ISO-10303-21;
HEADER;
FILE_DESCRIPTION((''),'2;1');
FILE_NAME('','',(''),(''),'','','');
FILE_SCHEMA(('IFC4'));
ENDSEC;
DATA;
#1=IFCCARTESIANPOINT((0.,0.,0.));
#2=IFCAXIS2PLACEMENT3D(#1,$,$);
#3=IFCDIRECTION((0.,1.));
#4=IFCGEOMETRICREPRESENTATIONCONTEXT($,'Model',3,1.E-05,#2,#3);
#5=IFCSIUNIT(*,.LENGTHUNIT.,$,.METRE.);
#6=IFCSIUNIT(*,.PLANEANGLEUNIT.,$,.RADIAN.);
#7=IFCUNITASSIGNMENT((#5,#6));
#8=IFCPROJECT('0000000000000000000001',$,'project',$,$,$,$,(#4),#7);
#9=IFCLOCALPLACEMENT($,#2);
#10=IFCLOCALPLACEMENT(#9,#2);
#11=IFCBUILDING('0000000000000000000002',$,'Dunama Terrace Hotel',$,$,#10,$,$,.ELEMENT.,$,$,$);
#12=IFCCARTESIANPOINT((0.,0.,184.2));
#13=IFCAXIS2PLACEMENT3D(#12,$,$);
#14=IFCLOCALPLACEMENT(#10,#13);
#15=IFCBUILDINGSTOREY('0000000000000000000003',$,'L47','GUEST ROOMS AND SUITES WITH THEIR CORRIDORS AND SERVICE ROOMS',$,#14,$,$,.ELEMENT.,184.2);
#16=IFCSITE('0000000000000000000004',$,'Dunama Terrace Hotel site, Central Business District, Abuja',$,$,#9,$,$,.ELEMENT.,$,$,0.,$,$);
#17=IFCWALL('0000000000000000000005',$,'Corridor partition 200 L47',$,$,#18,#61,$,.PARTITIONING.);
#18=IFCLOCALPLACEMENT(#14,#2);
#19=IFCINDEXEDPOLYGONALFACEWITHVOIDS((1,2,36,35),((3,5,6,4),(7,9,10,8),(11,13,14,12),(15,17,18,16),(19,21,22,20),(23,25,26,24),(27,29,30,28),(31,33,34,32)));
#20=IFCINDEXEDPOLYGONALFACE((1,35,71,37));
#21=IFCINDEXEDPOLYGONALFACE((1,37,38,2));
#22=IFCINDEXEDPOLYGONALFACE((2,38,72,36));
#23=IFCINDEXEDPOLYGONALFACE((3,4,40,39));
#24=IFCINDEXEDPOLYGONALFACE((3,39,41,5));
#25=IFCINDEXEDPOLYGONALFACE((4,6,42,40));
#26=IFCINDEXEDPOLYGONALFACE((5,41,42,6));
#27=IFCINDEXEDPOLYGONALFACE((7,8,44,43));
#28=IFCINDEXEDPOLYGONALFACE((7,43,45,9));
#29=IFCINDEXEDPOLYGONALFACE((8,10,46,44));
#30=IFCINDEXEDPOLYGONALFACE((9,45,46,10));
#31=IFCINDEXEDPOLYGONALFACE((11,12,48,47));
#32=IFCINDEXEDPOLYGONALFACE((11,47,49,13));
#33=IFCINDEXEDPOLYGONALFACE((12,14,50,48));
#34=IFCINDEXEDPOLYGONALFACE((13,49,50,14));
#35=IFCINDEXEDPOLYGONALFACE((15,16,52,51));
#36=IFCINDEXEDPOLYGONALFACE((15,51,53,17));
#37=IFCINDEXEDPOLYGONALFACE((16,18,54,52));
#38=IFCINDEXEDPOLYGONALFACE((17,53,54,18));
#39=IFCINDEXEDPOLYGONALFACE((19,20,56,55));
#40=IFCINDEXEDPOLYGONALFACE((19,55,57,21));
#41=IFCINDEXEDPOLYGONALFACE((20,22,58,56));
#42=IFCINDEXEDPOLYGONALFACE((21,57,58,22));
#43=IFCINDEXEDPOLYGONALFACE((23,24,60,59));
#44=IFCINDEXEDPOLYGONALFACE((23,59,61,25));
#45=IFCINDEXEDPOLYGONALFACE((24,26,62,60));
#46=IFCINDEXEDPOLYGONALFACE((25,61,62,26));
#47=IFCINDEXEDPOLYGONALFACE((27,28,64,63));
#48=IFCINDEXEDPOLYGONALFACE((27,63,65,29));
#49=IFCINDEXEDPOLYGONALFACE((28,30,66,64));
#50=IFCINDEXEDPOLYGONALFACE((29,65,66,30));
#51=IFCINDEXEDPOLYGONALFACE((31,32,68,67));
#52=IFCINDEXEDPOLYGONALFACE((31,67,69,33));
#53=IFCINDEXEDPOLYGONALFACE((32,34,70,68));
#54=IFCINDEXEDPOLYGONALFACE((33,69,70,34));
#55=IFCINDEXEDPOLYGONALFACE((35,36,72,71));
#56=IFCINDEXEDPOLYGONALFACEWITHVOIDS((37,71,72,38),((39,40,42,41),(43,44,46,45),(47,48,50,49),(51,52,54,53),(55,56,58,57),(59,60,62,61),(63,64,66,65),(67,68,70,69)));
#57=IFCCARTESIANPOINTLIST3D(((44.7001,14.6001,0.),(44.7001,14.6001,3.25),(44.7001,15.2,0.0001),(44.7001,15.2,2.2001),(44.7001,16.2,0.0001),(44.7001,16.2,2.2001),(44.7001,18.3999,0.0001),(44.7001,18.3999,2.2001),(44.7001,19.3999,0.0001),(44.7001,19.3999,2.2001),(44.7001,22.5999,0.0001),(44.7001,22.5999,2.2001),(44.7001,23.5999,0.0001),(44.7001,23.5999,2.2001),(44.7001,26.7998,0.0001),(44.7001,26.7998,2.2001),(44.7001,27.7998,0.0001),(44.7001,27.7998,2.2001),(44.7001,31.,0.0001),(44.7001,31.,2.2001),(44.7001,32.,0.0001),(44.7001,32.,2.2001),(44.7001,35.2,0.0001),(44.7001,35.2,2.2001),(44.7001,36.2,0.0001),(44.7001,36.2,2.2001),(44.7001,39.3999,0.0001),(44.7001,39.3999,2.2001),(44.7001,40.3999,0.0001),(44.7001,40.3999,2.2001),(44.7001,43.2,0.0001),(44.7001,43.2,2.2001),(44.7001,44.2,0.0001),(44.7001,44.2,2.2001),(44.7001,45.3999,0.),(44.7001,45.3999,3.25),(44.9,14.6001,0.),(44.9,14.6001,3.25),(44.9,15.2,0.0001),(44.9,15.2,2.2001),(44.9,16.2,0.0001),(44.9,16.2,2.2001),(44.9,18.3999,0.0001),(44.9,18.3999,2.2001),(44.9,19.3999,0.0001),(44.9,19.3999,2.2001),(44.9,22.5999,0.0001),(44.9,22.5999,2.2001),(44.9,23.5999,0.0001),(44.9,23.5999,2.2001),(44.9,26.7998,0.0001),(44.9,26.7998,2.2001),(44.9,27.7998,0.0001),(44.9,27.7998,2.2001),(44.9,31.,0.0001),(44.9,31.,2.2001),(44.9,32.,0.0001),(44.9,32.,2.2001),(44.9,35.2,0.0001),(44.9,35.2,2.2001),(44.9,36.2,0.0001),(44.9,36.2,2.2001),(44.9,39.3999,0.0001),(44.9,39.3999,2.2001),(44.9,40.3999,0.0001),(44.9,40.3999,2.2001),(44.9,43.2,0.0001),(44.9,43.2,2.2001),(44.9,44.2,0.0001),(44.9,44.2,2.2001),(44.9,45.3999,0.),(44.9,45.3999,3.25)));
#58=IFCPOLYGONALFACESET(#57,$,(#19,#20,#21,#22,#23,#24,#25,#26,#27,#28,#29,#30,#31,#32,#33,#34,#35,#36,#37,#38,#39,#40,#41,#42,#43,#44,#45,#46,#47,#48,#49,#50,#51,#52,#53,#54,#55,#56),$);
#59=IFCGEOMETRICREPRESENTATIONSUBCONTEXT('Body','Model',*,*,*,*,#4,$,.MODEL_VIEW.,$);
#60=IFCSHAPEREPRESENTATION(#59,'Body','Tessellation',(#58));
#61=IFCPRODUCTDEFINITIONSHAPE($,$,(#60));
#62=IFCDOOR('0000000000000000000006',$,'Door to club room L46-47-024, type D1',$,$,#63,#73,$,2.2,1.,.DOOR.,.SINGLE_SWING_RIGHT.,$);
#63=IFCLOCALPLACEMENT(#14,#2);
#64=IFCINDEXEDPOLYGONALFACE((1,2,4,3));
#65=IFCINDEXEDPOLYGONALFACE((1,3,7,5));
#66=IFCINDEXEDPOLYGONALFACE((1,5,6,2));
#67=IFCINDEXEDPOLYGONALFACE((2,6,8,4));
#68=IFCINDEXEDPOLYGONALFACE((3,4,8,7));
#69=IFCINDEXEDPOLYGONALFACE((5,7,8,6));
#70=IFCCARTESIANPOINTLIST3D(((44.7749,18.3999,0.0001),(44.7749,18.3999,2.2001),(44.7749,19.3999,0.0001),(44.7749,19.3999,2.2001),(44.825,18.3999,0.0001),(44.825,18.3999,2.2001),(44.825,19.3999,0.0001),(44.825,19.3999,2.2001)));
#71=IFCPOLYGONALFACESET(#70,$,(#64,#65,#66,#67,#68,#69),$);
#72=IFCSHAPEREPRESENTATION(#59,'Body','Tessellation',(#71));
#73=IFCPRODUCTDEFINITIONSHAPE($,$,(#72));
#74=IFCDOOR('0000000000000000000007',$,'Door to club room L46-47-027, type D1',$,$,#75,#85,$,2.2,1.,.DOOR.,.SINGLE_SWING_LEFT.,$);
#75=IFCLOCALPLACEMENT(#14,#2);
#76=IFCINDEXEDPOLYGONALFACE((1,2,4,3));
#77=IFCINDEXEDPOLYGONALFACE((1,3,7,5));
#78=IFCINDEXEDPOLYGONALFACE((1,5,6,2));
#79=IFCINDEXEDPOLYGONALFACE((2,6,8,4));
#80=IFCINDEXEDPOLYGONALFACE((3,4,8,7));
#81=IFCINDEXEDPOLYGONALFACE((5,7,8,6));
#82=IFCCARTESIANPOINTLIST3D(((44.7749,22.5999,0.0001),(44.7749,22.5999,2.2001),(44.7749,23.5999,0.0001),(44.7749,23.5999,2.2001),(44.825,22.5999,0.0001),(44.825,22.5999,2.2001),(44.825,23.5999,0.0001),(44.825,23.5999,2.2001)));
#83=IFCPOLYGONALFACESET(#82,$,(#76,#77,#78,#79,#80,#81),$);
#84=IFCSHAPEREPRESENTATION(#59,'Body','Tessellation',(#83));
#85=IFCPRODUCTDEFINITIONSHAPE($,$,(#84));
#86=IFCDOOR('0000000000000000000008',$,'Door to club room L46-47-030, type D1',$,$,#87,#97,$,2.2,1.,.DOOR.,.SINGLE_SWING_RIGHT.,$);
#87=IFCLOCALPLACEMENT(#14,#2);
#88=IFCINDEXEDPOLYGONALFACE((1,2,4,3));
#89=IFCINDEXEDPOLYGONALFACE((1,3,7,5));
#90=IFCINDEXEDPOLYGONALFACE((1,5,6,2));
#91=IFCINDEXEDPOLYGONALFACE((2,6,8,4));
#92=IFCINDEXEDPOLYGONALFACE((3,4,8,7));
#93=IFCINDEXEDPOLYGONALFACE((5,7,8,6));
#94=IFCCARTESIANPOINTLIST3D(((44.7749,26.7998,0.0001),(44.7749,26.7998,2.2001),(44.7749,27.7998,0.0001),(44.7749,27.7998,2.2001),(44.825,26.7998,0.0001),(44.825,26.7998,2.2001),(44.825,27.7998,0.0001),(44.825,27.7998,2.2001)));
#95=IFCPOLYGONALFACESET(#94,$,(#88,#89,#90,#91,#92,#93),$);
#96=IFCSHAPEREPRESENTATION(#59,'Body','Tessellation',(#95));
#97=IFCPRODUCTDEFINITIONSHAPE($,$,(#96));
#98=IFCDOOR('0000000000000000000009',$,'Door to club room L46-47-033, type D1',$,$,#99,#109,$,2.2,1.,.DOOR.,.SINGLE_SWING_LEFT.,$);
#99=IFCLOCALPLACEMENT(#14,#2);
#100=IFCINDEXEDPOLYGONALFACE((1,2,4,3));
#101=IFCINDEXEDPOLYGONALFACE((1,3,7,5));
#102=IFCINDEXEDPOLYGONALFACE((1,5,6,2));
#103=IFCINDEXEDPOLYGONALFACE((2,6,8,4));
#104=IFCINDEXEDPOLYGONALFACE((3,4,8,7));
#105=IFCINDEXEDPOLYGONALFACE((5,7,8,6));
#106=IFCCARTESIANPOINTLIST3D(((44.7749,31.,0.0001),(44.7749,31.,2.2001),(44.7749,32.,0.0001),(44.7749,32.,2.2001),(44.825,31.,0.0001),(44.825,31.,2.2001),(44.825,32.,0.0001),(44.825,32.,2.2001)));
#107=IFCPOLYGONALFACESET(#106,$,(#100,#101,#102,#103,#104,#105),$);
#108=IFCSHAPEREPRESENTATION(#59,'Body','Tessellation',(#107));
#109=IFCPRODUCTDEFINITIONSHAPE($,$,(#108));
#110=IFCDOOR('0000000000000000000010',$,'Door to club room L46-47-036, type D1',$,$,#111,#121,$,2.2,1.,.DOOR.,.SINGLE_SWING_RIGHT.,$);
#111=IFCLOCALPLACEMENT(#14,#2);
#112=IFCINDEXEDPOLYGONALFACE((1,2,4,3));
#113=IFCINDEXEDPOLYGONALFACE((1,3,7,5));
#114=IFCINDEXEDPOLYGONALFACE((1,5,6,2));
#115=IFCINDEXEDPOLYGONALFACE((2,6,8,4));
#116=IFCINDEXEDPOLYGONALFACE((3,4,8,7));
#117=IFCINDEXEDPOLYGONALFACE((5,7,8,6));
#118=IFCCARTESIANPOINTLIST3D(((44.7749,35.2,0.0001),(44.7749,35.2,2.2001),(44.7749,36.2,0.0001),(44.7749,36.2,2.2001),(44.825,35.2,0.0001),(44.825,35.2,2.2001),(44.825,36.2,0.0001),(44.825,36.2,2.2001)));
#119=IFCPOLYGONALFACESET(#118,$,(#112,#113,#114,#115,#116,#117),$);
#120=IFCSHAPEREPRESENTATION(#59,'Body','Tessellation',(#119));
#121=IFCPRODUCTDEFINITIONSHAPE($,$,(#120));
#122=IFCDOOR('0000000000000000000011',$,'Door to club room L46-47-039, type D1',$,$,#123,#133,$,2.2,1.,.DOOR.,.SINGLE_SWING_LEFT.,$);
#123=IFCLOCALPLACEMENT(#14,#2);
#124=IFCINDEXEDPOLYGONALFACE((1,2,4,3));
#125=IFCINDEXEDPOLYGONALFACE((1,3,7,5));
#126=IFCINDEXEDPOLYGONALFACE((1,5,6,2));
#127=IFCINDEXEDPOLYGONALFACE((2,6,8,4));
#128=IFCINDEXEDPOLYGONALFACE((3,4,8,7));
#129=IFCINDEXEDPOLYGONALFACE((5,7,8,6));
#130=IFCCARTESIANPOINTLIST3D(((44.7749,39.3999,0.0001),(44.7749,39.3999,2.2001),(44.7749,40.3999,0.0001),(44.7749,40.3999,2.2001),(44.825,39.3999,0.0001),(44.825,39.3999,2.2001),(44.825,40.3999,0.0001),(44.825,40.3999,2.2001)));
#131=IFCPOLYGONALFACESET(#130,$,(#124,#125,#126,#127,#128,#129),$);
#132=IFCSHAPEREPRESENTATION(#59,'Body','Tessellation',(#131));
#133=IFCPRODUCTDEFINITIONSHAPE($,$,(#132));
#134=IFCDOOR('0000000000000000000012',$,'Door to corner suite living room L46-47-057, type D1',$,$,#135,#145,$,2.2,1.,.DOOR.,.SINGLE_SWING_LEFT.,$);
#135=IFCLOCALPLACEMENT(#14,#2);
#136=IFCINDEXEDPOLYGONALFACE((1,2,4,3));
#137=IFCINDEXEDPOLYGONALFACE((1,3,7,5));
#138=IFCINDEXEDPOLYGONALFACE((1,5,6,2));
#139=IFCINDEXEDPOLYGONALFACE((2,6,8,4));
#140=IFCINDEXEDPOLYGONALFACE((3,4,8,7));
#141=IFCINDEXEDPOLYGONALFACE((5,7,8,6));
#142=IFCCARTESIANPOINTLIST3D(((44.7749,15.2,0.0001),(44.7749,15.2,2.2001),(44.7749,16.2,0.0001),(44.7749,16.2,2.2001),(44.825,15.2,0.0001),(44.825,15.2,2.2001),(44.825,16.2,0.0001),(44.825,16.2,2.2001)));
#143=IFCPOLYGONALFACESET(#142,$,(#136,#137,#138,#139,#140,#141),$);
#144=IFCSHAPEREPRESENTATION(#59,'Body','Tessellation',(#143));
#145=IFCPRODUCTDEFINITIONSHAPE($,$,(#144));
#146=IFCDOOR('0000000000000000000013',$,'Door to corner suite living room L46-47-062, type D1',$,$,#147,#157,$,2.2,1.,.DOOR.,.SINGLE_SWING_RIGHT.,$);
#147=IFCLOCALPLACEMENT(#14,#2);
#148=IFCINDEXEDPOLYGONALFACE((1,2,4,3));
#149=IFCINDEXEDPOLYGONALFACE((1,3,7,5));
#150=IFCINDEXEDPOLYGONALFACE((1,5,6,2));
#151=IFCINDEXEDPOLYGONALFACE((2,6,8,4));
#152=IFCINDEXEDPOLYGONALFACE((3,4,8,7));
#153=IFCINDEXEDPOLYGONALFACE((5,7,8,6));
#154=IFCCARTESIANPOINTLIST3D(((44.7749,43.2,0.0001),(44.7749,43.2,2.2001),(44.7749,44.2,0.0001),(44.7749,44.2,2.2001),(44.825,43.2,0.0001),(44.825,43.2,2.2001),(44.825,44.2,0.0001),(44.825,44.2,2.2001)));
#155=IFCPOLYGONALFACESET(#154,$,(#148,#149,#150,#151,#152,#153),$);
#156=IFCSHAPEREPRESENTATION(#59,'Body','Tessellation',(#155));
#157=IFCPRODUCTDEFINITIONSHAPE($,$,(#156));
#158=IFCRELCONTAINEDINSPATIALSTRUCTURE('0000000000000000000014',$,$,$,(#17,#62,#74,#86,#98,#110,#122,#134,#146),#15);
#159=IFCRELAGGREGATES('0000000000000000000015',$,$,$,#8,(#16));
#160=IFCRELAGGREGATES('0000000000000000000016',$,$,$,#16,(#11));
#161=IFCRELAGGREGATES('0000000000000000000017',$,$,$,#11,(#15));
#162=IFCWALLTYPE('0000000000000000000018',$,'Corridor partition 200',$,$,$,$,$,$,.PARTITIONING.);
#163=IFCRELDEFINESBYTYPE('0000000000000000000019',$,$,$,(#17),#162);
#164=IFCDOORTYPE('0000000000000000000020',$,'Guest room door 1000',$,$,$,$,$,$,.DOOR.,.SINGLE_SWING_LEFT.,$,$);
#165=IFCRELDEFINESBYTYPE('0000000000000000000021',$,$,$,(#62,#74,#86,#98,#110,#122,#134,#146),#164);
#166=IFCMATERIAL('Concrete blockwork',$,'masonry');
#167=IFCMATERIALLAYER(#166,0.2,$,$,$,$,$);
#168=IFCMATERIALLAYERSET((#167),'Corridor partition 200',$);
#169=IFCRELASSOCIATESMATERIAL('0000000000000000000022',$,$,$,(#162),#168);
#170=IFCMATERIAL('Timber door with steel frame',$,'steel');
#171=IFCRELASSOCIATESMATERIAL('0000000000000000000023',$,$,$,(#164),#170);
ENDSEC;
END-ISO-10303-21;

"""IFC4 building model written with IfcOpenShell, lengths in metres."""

from ifc_helpers import new_model, si_unit, direction, frame, frame_2d, origin, place, context, subcontext, project, spatial, rectangle, extrude, material, layer, layer_set, type_object, element, fill, save


model = new_model("IFC4")

# Units and contexts
model_context = context("Model", 3, precision=1e-05, world=origin(), true_north=direction((0.0, 1.0)))
body_context = subcontext(model_context, "Body", "Model", "MODEL_VIEW")
ifc_project = project(units=[si_unit("LENGTHUNIT", "METRE"), si_unit("PLANEANGLEUNIT", "RADIAN")], contexts=[model_context])

# Site, building, storey
site_placement = place(None, origin())
site = spatial("IfcSite", under=ifc_project, at=site_placement, Name="Dunama Terrace Hotel site, Central Business District, Abuja", CompositionType="ELEMENT", RefElevation=0.0)
building_placement = place(site_placement, origin())
building = spatial("IfcBuilding", under=site, at=building_placement, Name="Dunama Terrace Hotel", CompositionType="ELEMENT")
storey_placement = place(building_placement, frame((0.0, 0.0, 184.2)))
storey = spatial("IfcBuildingStorey", under=building, at=storey_placement, Name="L47", Description="GUEST ROOMS AND SUITES WITH THEIR CORRIDORS AND SERVICE ROOMS", CompositionType="ELEMENT", Elevation=184.2)

# Shared definitions
ifc_material_1 = material(Name="Concrete blockwork", Category="masonry")
ifc_layer_1 = layer(ifc_material_1, 0.2)
ifc_layer_set_1 = layer_set([ifc_layer_1], Name="Corridor partition 200")
wall_type_1 = type_object("IfcWallType", Name="Corridor partition 200", PredefinedType="PARTITIONING", material=ifc_layer_set_1)

# Wall, openings, doors
wall_1_placement = place(storey_placement, frame((44.8, 45.3999, 0.0), z_axis=(0.0, 0.0, 1.0), x_axis=(0.0, -1.0, 0.0)))
wall_1 = element("IfcWall", 1, at=wall_1_placement, inside=storey, type_object=wall_type_1, Name="Corridor partition 200 L47", PredefinedType="PARTITIONING", context=body_context, shape_type="SweptSolid", body=[
    extrude(rectangle(XDim=30.7998, YDim=0.2, at=frame_2d((15.3999, 0.0))), origin(), (0.0, 0.0, 1.0), 3.25),
])
opening_1_placement = place(wall_1_placement, frame((26.0, 0.0, 0.0)))
opening_1 = element("IfcOpeningElement", 2, at=opening_1_placement, cuts=wall_1, PredefinedType="OPENING", context=body_context, shape_type="SweptSolid", body=[
    extrude(rectangle(XDim=1.0, YDim=2.2, at=frame_2d((0.5, 1.1001))), frame((0.0, 0.1099, 0.0), z_axis=(0.0, -1.0, 0.0), x_axis=(1.0, 0.0, 0.0)), (0.0, 0.0, 1.0), 0.22),
])
opening_2_placement = place(wall_1_placement, frame((21.8, 0.0, 0.0)))
opening_2 = element("IfcOpeningElement", 3, at=opening_2_placement, cuts=wall_1, PredefinedType="OPENING", context=body_context, shape_type="SweptSolid", body=[
    extrude(rectangle(XDim=1.0, YDim=2.2, at=frame_2d((0.5, 1.1001))), frame((0.0, 0.1099, 0.0), z_axis=(0.0, -1.0, 0.0), x_axis=(1.0, 0.0, 0.0)), (0.0, 0.0, 1.0), 0.22),
])
opening_3_placement = place(wall_1_placement, frame((17.6001, 0.0, 0.0)))
opening_3 = element("IfcOpeningElement", 4, at=opening_3_placement, cuts=wall_1, PredefinedType="OPENING", context=body_context, shape_type="SweptSolid", body=[
    extrude(rectangle(XDim=1.0, YDim=2.2, at=frame_2d((0.5, 1.1001))), frame((0.0, 0.1099, 0.0), z_axis=(0.0, -1.0, 0.0), x_axis=(1.0, 0.0, 0.0)), (0.0, 0.0, 1.0), 0.22),
])
opening_4_placement = place(wall_1_placement, frame((13.3999, 0.0, 0.0)))
opening_4 = element("IfcOpeningElement", 5, at=opening_4_placement, cuts=wall_1, PredefinedType="OPENING", context=body_context, shape_type="SweptSolid", body=[
    extrude(rectangle(XDim=1.0, YDim=2.2, at=frame_2d((0.5, 1.1001))), frame((0.0, 0.1099, 0.0), z_axis=(0.0, -1.0, 0.0), x_axis=(1.0, 0.0, 0.0)), (0.0, 0.0, 1.0), 0.22),
])
opening_5_placement = place(wall_1_placement, frame((9.2, 0.0, 0.0)))
opening_5 = element("IfcOpeningElement", 6, at=opening_5_placement, cuts=wall_1, PredefinedType="OPENING", context=body_context, shape_type="SweptSolid", body=[
    extrude(rectangle(XDim=1.0, YDim=2.2, at=frame_2d((0.5, 1.1001))), frame((0.0, 0.1099, 0.0), z_axis=(0.0, -1.0, 0.0), x_axis=(1.0, 0.0, 0.0)), (0.0, 0.0, 1.0), 0.22),
])
opening_6_placement = place(wall_1_placement, frame((5.0, 0.0, 0.0)))
opening_6 = element("IfcOpeningElement", 7, at=opening_6_placement, cuts=wall_1, PredefinedType="OPENING", context=body_context, shape_type="SweptSolid", body=[
    extrude(rectangle(XDim=1.0, YDim=2.2, at=frame_2d((0.5, 1.1001))), frame((0.0, 0.1099, 0.0), z_axis=(0.0, -1.0, 0.0), x_axis=(1.0, 0.0, 0.0)), (0.0, 0.0, 1.0), 0.22),
])
opening_7_placement = place(wall_1_placement, frame((29.2, 0.0, 0.0)))
opening_7 = element("IfcOpeningElement", 8, at=opening_7_placement, cuts=wall_1, PredefinedType="OPENING", context=body_context, shape_type="SweptSolid", body=[
    extrude(rectangle(XDim=1.0, YDim=2.2, at=frame_2d((0.5, 1.1001))), frame((0.0, 0.1099, 0.0), z_axis=(0.0, -1.0, 0.0), x_axis=(1.0, 0.0, 0.0)), (0.0, 0.0, 1.0), 0.22),
])
opening_8_placement = place(wall_1_placement, frame((1.2, 0.0, 0.0)))
opening_8 = element("IfcOpeningElement", 9, at=opening_8_placement, cuts=wall_1, PredefinedType="OPENING", context=body_context, shape_type="SweptSolid", body=[
    extrude(rectangle(XDim=1.0, YDim=2.2, at=frame_2d((0.5, 1.1001))), frame((0.0, 0.1099, 0.0), z_axis=(0.0, -1.0, 0.0), x_axis=(1.0, 0.0, 0.0)), (0.0, 0.0, 1.0), 0.22),
])
ifc_material_2 = material(Name="Timber door with steel frame", Category="steel")
door_type_1 = type_object("IfcDoorType", Name="Guest room door 1000", OperationType="SINGLE_SWING_LEFT", PredefinedType="DOOR", material=ifc_material_2)
door_1_placement = place(opening_1_placement, origin())
door_1 = element("IfcDoor", 10, at=door_1_placement, inside=storey, type_object=door_type_1, Name="Door to club room L46-47-024, type D1", OperationType="SINGLE_SWING_RIGHT", OverallHeight=2.2, OverallWidth=1.0, PredefinedType="DOOR", context=body_context, shape_type="SweptSolid", body=[
    extrude(rectangle(XDim=1.0, YDim=2.2, at=frame_2d((0.5, 1.1001))), frame((0.0, 0.0249, 0.0), z_axis=(0.0, -1.0, 0.0), x_axis=(1.0, 0.0, 0.0)), (0.0, 0.0, 1.0), 0.05),
])
fill(opening_1, door_1)
door_2_placement = place(opening_2_placement, origin())
door_2 = element("IfcDoor", 11, at=door_2_placement, inside=storey, type_object=door_type_1, Name="Door to club room L46-47-027, type D1", OperationType="SINGLE_SWING_LEFT", OverallHeight=2.2, OverallWidth=1.0, PredefinedType="DOOR", context=body_context, shape_type="SweptSolid", body=[
    extrude(rectangle(XDim=1.0, YDim=2.2, at=frame_2d((0.5, 1.1001))), frame((0.0, 0.0249, 0.0), z_axis=(0.0, -1.0, 0.0), x_axis=(1.0, 0.0, 0.0)), (0.0, 0.0, 1.0), 0.05),
])
fill(opening_2, door_2)
door_3_placement = place(opening_3_placement, origin())
door_3 = element("IfcDoor", 12, at=door_3_placement, inside=storey, type_object=door_type_1, Name="Door to club room L46-47-030, type D1", OperationType="SINGLE_SWING_RIGHT", OverallHeight=2.2, OverallWidth=1.0, PredefinedType="DOOR", context=body_context, shape_type="SweptSolid", body=[
    extrude(rectangle(XDim=1.0, YDim=2.2, at=frame_2d((0.5, 1.1001))), frame((0.0, 0.0249, 0.0), z_axis=(0.0, -1.0, 0.0), x_axis=(1.0, 0.0, 0.0)), (0.0, 0.0, 1.0), 0.05),
])
fill(opening_3, door_3)
door_4_placement = place(opening_4_placement, origin())
door_4 = element("IfcDoor", 13, at=door_4_placement, inside=storey, type_object=door_type_1, Name="Door to club room L46-47-033, type D1", OperationType="SINGLE_SWING_LEFT", OverallHeight=2.2, OverallWidth=1.0, PredefinedType="DOOR", context=body_context, shape_type="SweptSolid", body=[
    extrude(rectangle(XDim=1.0, YDim=2.2, at=frame_2d((0.5, 1.1001))), frame((0.0, 0.0249, 0.0), z_axis=(0.0, -1.0, 0.0), x_axis=(1.0, 0.0, 0.0)), (0.0, 0.0, 1.0), 0.05),
])
fill(opening_4, door_4)
door_5_placement = place(opening_5_placement, origin())
door_5 = element("IfcDoor", 14, at=door_5_placement, inside=storey, type_object=door_type_1, Name="Door to club room L46-47-036, type D1", OperationType="SINGLE_SWING_RIGHT", OverallHeight=2.2, OverallWidth=1.0, PredefinedType="DOOR", context=body_context, shape_type="SweptSolid", body=[
    extrude(rectangle(XDim=1.0, YDim=2.2, at=frame_2d((0.5, 1.1001))), frame((0.0, 0.0249, 0.0), z_axis=(0.0, -1.0, 0.0), x_axis=(1.0, 0.0, 0.0)), (0.0, 0.0, 1.0), 0.05),
])
fill(opening_5, door_5)
door_6_placement = place(opening_6_placement, origin())
door_6 = element("IfcDoor", 15, at=door_6_placement, inside=storey, type_object=door_type_1, Name="Door to club room L46-47-039, type D1", OperationType="SINGLE_SWING_LEFT", OverallHeight=2.2, OverallWidth=1.0, PredefinedType="DOOR", context=body_context, shape_type="SweptSolid", body=[
    extrude(rectangle(XDim=1.0, YDim=2.2, at=frame_2d((0.5, 1.1001))), frame((0.0, 0.0249, 0.0), z_axis=(0.0, -1.0, 0.0), x_axis=(1.0, 0.0, 0.0)), (0.0, 0.0, 1.0), 0.05),
])
fill(opening_6, door_6)
door_7_placement = place(opening_7_placement, origin())
door_7 = element("IfcDoor", 16, at=door_7_placement, inside=storey, type_object=door_type_1, Name="Door to corner suite living room L46-47-057, type D1", OperationType="SINGLE_SWING_LEFT", OverallHeight=2.2, OverallWidth=1.0, PredefinedType="DOOR", context=body_context, shape_type="SweptSolid", body=[
    extrude(rectangle(XDim=1.0, YDim=2.2, at=frame_2d((0.5, 1.1001))), frame((0.0, 0.0249, 0.0), z_axis=(0.0, -1.0, 0.0), x_axis=(1.0, 0.0, 0.0)), (0.0, 0.0, 1.0), 0.05),
])
fill(opening_7, door_7)
door_8_placement = place(opening_8_placement, origin())
door_8 = element("IfcDoor", 17, at=door_8_placement, inside=storey, type_object=door_type_1, Name="Door to corner suite living room L46-47-062, type D1", OperationType="SINGLE_SWING_RIGHT", OverallHeight=2.2, OverallWidth=1.0, PredefinedType="DOOR", context=body_context, shape_type="SweptSolid", body=[
    extrude(rectangle(XDim=1.0, YDim=2.2, at=frame_2d((0.5, 1.1001))), frame((0.0, 0.0249, 0.0), z_axis=(0.0, -1.0, 0.0), x_axis=(1.0, 0.0, 0.0)), (0.0, 0.0, 1.0), 0.05),
])
fill(opening_8, door_8)

save(model, "model.ifc")
